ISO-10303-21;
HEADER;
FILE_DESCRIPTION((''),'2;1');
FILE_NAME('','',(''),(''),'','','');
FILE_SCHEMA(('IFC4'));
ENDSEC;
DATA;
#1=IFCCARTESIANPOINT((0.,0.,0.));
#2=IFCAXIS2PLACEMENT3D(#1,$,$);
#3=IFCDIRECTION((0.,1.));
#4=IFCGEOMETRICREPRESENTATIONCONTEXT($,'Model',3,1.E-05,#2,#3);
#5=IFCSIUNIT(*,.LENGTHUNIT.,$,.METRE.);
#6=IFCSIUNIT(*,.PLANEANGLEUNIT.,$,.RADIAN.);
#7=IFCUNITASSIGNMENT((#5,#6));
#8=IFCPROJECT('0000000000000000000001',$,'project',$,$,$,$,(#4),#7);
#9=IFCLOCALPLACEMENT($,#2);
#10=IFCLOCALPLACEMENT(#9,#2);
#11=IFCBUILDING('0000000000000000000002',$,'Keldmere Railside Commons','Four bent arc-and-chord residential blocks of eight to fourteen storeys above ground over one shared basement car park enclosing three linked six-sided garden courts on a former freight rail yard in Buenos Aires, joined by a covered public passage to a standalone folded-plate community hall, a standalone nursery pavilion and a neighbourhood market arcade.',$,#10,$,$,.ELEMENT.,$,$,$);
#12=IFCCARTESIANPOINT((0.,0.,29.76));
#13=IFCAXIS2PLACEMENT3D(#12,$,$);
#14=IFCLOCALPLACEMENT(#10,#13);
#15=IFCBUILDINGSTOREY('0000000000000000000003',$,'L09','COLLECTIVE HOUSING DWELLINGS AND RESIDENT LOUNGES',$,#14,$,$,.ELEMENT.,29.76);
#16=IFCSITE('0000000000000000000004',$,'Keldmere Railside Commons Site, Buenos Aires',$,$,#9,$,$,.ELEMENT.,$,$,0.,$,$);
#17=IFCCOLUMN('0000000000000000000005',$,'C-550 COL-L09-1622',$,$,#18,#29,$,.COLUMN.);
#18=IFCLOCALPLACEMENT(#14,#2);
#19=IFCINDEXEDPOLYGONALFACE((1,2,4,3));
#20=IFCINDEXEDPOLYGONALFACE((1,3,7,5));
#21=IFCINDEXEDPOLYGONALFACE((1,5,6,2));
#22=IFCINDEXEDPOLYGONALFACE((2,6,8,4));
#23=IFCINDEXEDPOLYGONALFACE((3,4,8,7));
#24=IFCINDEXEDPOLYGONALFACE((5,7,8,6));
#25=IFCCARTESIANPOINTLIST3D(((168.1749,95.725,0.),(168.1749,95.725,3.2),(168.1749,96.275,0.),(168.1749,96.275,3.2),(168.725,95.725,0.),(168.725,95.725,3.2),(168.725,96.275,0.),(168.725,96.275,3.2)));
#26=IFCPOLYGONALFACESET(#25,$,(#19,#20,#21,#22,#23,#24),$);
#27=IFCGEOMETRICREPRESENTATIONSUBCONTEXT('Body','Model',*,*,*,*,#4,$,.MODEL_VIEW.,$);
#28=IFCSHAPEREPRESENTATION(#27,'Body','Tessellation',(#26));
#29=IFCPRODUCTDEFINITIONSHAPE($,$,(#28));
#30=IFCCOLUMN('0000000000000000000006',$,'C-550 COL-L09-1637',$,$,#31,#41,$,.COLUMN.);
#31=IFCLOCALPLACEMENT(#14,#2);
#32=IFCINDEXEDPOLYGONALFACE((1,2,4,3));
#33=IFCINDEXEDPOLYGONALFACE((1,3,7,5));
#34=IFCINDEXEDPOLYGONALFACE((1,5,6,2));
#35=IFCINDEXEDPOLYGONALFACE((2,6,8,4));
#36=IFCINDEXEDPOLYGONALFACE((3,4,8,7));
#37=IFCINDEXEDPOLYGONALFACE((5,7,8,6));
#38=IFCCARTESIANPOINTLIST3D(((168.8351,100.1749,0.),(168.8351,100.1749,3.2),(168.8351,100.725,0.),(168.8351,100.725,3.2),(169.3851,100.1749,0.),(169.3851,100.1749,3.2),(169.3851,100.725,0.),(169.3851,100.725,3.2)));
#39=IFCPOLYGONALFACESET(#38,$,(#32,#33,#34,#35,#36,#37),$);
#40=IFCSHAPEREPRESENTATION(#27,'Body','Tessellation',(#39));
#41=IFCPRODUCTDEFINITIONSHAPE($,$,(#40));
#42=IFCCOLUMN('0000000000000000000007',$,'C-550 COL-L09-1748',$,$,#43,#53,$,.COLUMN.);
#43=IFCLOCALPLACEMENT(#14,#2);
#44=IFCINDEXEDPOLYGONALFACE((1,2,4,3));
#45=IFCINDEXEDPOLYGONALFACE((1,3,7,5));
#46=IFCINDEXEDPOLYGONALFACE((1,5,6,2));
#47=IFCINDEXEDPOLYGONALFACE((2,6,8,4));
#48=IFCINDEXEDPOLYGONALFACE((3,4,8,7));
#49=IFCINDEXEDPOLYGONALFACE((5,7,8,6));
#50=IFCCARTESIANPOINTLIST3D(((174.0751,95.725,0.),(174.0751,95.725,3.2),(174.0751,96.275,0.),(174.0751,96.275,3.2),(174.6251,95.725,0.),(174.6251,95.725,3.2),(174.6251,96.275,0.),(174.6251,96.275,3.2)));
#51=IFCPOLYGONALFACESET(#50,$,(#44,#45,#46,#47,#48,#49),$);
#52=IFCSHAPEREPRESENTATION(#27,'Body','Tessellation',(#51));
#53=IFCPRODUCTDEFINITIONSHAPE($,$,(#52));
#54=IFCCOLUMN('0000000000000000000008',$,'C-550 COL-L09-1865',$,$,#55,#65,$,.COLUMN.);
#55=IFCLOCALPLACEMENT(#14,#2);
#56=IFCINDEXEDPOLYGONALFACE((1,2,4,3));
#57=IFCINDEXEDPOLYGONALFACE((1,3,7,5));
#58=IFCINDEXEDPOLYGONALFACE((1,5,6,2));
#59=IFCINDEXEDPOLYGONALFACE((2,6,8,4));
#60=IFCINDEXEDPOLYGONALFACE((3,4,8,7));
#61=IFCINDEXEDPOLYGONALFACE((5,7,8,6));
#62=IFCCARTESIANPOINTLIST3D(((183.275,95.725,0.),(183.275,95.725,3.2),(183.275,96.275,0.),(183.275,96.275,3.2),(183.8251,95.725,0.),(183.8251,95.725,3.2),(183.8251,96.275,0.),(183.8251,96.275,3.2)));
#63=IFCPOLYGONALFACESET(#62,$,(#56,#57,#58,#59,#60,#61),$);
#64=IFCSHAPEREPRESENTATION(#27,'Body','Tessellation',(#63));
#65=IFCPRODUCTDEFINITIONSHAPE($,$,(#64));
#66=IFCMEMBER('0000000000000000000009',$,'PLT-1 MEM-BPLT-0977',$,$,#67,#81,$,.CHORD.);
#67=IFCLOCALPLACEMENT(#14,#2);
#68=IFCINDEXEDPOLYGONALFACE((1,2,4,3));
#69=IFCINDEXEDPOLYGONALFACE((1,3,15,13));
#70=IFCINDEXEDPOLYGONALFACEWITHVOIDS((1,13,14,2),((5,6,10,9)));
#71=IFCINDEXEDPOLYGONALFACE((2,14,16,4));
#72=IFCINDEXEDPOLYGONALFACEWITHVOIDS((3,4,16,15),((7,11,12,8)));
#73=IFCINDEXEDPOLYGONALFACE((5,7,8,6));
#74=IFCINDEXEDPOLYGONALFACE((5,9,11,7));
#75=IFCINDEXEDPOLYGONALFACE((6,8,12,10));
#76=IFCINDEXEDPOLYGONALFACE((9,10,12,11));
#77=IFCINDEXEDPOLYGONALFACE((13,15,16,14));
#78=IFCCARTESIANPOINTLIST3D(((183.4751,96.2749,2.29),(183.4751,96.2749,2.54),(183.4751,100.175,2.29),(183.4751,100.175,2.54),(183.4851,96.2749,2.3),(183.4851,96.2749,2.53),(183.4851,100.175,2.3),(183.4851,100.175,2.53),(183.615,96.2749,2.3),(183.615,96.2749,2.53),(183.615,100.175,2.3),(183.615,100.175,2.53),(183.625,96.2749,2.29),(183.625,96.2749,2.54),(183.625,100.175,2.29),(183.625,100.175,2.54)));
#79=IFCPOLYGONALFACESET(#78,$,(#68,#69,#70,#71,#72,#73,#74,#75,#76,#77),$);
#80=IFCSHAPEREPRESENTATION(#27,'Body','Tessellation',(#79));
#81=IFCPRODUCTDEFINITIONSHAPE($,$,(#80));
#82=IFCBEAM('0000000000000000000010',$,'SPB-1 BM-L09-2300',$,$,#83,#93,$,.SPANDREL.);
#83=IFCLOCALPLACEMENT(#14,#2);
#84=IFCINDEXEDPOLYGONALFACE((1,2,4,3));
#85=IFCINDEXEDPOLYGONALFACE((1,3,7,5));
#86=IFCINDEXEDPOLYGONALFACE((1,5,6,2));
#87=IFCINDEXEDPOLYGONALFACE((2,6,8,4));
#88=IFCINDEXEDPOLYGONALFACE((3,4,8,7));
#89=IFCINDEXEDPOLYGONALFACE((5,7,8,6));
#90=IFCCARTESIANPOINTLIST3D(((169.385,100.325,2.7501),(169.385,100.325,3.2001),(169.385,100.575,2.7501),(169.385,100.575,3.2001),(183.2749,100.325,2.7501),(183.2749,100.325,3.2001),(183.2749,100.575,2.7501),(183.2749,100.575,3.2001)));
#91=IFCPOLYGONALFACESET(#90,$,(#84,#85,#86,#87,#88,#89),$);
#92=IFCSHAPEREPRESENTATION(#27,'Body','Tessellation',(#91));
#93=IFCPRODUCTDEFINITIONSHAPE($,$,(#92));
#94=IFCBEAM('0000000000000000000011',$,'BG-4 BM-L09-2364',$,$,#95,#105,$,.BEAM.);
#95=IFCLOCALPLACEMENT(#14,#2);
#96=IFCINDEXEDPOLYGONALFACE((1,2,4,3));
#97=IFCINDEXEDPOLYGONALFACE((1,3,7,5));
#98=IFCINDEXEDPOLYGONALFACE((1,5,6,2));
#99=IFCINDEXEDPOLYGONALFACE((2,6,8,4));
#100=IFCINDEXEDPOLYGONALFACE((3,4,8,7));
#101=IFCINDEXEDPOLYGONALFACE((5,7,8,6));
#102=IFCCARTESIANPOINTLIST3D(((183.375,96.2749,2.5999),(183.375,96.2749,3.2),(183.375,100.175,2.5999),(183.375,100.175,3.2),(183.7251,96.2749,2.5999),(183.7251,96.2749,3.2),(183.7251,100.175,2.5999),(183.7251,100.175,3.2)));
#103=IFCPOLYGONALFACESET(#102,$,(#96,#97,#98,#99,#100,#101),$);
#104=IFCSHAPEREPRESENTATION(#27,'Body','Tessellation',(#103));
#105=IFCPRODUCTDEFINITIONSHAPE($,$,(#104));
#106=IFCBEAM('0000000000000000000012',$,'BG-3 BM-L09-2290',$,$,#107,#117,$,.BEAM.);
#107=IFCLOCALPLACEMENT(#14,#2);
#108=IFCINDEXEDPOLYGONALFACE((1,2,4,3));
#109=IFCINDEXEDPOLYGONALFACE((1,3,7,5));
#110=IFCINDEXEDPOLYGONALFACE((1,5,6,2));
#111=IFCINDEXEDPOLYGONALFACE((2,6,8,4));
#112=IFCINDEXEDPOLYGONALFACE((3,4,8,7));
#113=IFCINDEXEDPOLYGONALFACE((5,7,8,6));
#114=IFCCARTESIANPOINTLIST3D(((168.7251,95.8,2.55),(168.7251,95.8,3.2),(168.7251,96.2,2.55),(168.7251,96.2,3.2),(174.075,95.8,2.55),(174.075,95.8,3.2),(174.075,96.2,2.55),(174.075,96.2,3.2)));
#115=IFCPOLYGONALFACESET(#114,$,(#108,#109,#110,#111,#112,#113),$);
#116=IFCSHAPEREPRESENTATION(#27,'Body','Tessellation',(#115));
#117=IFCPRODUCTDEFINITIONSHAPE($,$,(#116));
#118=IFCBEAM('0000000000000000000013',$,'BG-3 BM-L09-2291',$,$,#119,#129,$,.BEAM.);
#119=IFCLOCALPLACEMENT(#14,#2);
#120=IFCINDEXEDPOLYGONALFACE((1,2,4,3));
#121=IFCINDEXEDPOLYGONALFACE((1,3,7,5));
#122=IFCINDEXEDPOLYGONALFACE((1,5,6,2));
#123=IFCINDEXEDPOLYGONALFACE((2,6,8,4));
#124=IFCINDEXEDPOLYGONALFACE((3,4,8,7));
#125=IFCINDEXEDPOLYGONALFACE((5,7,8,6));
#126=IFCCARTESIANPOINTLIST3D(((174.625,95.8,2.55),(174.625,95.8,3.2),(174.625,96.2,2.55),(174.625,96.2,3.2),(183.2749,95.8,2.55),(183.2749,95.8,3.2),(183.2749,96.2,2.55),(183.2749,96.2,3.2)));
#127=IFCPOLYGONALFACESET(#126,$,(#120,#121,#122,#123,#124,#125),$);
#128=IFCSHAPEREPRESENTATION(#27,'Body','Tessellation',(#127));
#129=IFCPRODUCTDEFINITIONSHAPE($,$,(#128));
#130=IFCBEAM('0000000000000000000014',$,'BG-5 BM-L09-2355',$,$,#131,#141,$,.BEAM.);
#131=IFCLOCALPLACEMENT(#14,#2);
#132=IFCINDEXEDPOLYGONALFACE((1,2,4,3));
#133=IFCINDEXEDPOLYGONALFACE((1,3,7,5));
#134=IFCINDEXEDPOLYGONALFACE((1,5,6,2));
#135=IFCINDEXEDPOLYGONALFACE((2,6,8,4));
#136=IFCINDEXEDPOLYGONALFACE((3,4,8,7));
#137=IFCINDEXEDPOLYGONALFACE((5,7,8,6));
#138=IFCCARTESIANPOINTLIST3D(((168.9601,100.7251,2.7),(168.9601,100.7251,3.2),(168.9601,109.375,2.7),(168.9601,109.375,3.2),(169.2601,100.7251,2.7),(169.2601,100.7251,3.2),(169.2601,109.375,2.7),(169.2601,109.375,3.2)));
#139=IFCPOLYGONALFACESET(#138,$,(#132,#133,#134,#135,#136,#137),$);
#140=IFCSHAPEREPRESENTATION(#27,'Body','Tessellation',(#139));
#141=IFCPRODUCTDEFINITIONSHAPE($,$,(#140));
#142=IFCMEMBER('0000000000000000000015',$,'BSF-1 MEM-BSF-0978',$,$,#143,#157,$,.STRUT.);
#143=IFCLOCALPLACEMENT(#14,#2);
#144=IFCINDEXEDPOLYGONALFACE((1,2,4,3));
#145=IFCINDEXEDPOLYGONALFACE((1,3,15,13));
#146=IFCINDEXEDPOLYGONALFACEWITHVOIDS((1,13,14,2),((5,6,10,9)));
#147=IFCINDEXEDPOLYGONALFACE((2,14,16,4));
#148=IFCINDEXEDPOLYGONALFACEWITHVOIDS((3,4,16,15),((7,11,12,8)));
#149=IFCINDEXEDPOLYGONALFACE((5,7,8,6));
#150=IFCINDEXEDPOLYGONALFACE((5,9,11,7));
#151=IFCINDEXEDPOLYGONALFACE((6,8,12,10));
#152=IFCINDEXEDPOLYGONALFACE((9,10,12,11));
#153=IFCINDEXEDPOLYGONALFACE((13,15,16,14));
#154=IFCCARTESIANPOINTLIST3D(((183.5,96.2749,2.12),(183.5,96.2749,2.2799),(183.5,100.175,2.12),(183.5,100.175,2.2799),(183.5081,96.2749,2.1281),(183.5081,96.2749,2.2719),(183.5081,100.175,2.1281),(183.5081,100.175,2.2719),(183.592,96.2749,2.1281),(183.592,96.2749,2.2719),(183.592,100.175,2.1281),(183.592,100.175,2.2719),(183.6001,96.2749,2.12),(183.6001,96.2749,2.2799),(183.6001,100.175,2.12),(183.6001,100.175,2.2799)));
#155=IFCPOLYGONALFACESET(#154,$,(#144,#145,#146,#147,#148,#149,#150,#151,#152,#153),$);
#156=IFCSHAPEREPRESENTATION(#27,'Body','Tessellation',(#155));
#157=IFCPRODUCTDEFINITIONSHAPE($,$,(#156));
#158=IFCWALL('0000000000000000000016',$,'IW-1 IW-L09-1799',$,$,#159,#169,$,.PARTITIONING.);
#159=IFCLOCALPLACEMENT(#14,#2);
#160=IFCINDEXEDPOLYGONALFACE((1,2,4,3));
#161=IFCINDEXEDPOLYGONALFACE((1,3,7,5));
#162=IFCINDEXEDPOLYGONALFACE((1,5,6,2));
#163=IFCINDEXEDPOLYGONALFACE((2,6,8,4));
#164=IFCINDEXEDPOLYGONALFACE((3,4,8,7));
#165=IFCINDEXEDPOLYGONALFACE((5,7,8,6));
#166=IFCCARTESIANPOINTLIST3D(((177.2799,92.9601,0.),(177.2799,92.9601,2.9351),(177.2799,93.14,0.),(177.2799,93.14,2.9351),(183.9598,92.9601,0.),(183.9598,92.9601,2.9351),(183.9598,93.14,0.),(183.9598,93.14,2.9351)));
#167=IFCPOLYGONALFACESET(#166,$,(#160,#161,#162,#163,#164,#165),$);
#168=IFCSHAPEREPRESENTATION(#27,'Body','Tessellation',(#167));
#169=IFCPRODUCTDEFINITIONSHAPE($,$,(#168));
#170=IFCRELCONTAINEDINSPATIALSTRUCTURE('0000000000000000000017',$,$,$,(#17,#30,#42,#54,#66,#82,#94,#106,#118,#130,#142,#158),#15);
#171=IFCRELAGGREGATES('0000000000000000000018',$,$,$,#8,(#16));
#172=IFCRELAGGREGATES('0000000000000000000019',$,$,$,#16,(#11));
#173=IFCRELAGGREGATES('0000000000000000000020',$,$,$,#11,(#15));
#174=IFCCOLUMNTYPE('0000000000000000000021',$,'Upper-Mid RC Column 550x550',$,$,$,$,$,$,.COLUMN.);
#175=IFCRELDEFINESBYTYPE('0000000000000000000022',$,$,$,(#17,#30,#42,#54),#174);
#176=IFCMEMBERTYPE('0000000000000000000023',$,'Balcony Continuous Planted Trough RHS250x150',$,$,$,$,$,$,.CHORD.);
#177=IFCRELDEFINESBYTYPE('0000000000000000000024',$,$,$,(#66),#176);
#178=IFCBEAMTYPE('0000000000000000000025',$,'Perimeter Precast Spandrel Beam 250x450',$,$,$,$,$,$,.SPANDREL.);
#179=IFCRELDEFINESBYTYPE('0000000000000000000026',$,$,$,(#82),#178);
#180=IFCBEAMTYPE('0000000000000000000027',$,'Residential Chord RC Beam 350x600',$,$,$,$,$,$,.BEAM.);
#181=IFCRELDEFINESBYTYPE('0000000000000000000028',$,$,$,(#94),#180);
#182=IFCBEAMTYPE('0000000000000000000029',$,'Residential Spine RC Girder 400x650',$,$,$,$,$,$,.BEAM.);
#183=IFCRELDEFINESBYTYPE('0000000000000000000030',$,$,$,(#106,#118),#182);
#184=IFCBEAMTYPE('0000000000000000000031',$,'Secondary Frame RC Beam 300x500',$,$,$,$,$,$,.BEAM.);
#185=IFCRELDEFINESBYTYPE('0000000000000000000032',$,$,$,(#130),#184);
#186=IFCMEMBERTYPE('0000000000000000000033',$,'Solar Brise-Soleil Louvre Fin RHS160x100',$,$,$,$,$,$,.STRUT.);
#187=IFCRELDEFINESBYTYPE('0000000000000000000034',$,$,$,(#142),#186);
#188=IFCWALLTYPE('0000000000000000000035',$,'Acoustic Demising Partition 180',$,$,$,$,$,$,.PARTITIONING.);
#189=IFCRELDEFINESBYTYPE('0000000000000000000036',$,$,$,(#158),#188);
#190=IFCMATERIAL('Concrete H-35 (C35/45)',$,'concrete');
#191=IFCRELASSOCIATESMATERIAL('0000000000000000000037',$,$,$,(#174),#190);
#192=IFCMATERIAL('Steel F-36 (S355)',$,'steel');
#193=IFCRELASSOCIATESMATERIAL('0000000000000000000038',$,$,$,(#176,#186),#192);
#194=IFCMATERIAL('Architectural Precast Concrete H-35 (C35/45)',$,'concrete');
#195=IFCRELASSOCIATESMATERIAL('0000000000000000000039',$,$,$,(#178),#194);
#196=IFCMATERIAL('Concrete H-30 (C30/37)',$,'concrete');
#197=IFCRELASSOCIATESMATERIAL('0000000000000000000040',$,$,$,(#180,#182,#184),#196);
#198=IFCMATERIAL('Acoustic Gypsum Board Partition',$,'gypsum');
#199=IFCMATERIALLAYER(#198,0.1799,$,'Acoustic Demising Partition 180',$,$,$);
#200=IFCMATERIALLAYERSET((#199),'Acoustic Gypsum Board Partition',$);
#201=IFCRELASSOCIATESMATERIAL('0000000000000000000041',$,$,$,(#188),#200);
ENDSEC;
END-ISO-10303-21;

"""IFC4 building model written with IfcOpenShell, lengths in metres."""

from ifc_helpers import new_model, si_unit, direction, frame, frame_2d, origin, origin_2d, place, context, subcontext, project, spatial, rectangle, hollow_rectangle, extrude, material, layer, layer_set, material_profile, profile_set, type_object, element, save


model = new_model("IFC4")

# Units and contexts
model_context = context("Model", 3, precision=1e-05, world=origin(), true_north=direction((0.0, 1.0)))
body_context = subcontext(model_context, "Body", "Model", "MODEL_VIEW")
ifc_project = project(units=[si_unit("LENGTHUNIT", "METRE"), si_unit("PLANEANGLEUNIT", "RADIAN")], contexts=[model_context])

# Site, building, storey
site_placement = place(None, origin())
site = spatial("IfcSite", under=ifc_project, at=site_placement, Name="Keldmere Railside Commons Site, Buenos Aires", CompositionType="ELEMENT", RefElevation=0.0)
building_placement = place(site_placement, origin())
building = spatial("IfcBuilding", under=site, at=building_placement, Name="Keldmere Railside Commons", Description="Four bent arc-and-chord residential blocks of eight to fourteen storeys above ground over one shared basement car park enclosing three linked six-sided garden courts on a former freight rail yard in Buenos Aires, joined by a covered public passage to a standalone folded-plate community hall, a standalone nursery pavilion and a neighbourhood market arcade.", CompositionType="ELEMENT")
storey_placement = place(building_placement, frame((0.0, 0.0, 29.76)))
storey = spatial("IfcBuildingStorey", under=building, at=storey_placement, Name="L09", Description="COLLECTIVE HOUSING DWELLINGS AND RESIDENT LOUNGES", CompositionType="ELEMENT", Elevation=29.76)

# Columns
ifc_material_1 = material(Name="Concrete H-35 (C35/45)", Category="concrete")
ifc_material_profile_1 = material_profile(ifc_material_1, rectangle(XDim=0.55, YDim=0.55, at=origin_2d()), Name="RC-550x550")
ifc_profile_set_1 = profile_set([ifc_material_profile_1], Name="Concrete H-35 (C35/45)")
column_type = type_object("IfcColumnType", Name="Upper-Mid RC Column 550x550", PredefinedType="COLUMN", material=ifc_profile_set_1)
for number, where, z_axis, x_axis, name in (
    (1, (168.45, 96.0, 0.0), (0.0, 0.0, 1.0), (1.0, 0.0, 0.0), "C-550 COL-L09-1622"),
    (2, (169.1101, 100.45, 0.0), (0.0, 0.0, 1.0), (1.0, 0.0, 0.0), "C-550 COL-L09-1637"),
    (3, (174.3501, 96.0, 0.0), (0.0, 0.0, 1.0), (1.0, 0.0, 0.0), "C-550 COL-L09-1748"),
    (4, (183.55, 96.0, 0.0), (0.0, 0.0, 1.0), (1.0, 0.0, 0.0), "C-550 COL-L09-1865"),
):
    element("IfcColumn", number, at=place(storey_placement, frame(where, z_axis=z_axis, x_axis=x_axis)), inside=storey, type_object=column_type, Name=name, PredefinedType="COLUMN", context=body_context, shape_type="SweptSolid", body=[
        extrude(rectangle(XDim=0.55, YDim=0.55, at=origin_2d()), origin(), (0.0, 0.0, 1.0), 3.2),
    ])

# Member
ifc_material_2 = material(Name="Steel F-36 (S355)", Category="steel")
ifc_material_profile_2 = material_profile(ifc_material_2, hollow_rectangle(XDim=0.1499, YDim=0.25, WallThickness=0.01, at=origin_2d()), Name="RHS-250x150x10")
ifc_profile_set_2 = profile_set([ifc_material_profile_2], Name="Steel F-36 (S355)")
member_type_1 = type_object("IfcMemberType", Name="Balcony Continuous Planted Trough RHS250x150", PredefinedType="CHORD", material=ifc_profile_set_2)
member_1_placement = place(storey_placement, frame((183.55, 96.2749, 2.415), z_axis=(0.0, 1.0, 0.0), x_axis=(-1.0, 0.0, 0.0)))
element("IfcMember", 5, at=member_1_placement, inside=storey, type_object=member_type_1, Name="PLT-1 MEM-BPLT-0977", PredefinedType="CHORD", context=body_context, shape_type="SweptSolid", body=[
    extrude(hollow_rectangle(XDim=0.1499, YDim=0.25, WallThickness=0.01, at=origin_2d()), origin(), (0.0, 0.0, 1.0), 3.9001),
])

# Beams
ifc_material_3 = material(Name="Architectural Precast Concrete H-35 (C35/45)", Category="concrete")
ifc_material_profile_3 = material_profile(ifc_material_3, rectangle(XDim=0.25, YDim=0.45, at=origin_2d()), Name="RC-250x450")
ifc_profile_set_3 = profile_set([ifc_material_profile_3], Name="Architectural Precast Concrete H-35 (C35/45)")
beam_type_1 = type_object("IfcBeamType", Name="Perimeter Precast Spandrel Beam 250x450", PredefinedType="SPANDREL", material=ifc_profile_set_3)
beam_1_placement = place(storey_placement, frame((169.385, 100.45, 2.9751), z_axis=(1.0, 0.0, 0.0), x_axis=(0.0, 1.0, 0.0)))
element("IfcBeam", 6, at=beam_1_placement, inside=storey, type_object=beam_type_1, Name="SPB-1 BM-L09-2300", PredefinedType="SPANDREL", context=body_context, shape_type="SweptSolid", body=[
    extrude(rectangle(XDim=0.25, YDim=0.45, at=origin_2d()), origin(), (0.0, 0.0, 1.0), 13.8899),
])
ifc_material_4 = material(Name="Concrete H-30 (C30/37)", Category="concrete")
ifc_material_profile_4 = material_profile(ifc_material_4, rectangle(XDim=0.3501, YDim=0.6001, at=origin_2d()), Name="RC-350x600")
ifc_profile_set_4 = profile_set([ifc_material_profile_4], Name="Concrete H-30 (C30/37)")
beam_type_2 = type_object("IfcBeamType", Name="Residential Chord RC Beam 350x600", PredefinedType="BEAM", material=ifc_profile_set_4)
beam_2_placement = place(storey_placement, frame((183.55, 96.2749, 2.8999), z_axis=(0.0, 1.0, 0.0), x_axis=(-1.0, 0.0, 0.0)))
element("IfcBeam", 7, at=beam_2_placement, inside=storey, type_object=beam_type_2, Name="BG-4 BM-L09-2364", PredefinedType="BEAM", context=body_context, shape_type="SweptSolid", body=[
    extrude(rectangle(XDim=0.3501, YDim=0.6001, at=origin_2d()), origin(), (0.0, 0.0, 1.0), 3.9001),
])
ifc_material_profile_5 = material_profile(ifc_material_4, rectangle(XDim=0.3999, YDim=0.6499, at=origin_2d()), Name="RC-400x650")
ifc_profile_set_5 = profile_set([ifc_material_profile_5], Name="Concrete H-30 (C30/37)")
beam_type_3 = type_object("IfcBeamType", Name="Residential Spine RC Girder 400x650", PredefinedType="BEAM", material=ifc_profile_set_5)
beam_3_placement = place(storey_placement, frame((168.7251, 96.0, 2.875), z_axis=(1.0, 0.0, 0.0), x_axis=(0.0, 1.0, 0.0)))
element("IfcBeam", 8, at=beam_3_placement, inside=storey, type_object=beam_type_3, Name="BG-3 BM-L09-2290", PredefinedType="BEAM", context=body_context, shape_type="SweptSolid", body=[
    extrude(rectangle(XDim=0.3999, YDim=0.6499, at=origin_2d()), origin(), (0.0, 0.0, 1.0), 5.3499),
])
beam_4_placement = place(storey_placement, frame((174.625, 96.0, 2.875), z_axis=(1.0, 0.0, 0.0), x_axis=(0.0, 1.0, 0.0)))
element("IfcBeam", 9, at=beam_4_placement, inside=storey, type_object=beam_type_3, Name="BG-3 BM-L09-2291", PredefinedType="BEAM", context=body_context, shape_type="SweptSolid", body=[
    extrude(rectangle(XDim=0.3999, YDim=0.6499, at=origin_2d()), origin(), (0.0, 0.0, 1.0), 8.6499),
])
ifc_material_profile_6 = material_profile(ifc_material_4, rectangle(XDim=0.3, YDim=0.5, at=origin_2d()), Name="RC-300x500")
ifc_profile_set_6 = profile_set([ifc_material_profile_6], Name="Concrete H-30 (C30/37)")
beam_type_4 = type_object("IfcBeamType", Name="Secondary Frame RC Beam 300x500", PredefinedType="BEAM", material=ifc_profile_set_6)
beam_5_placement = place(storey_placement, frame((169.1101, 100.7251, 2.95), z_axis=(0.0, 1.0, 0.0), x_axis=(-1.0, 0.0, 0.0)))
element("IfcBeam", 10, at=beam_5_placement, inside=storey, type_object=beam_type_4, Name="BG-5 BM-L09-2355", PredefinedType="BEAM", context=body_context, shape_type="SweptSolid", body=[
    extrude(rectangle(XDim=0.3, YDim=0.5, at=origin_2d()), origin(), (0.0, 0.0, 1.0), 8.6499),
])

# Member
ifc_material_profile_7 = material_profile(ifc_material_2, hollow_rectangle(XDim=0.1001, YDim=0.1599, WallThickness=0.0081, at=origin_2d()), Name="RHS-160x100x8")
ifc_profile_set_7 = profile_set([ifc_material_profile_7], Name="Steel F-36 (S355)")
member_type_2 = type_object("IfcMemberType", Name="Solar Brise-Soleil Louvre Fin RHS160x100", PredefinedType="STRUT", material=ifc_profile_set_7)
member_2_placement = place(storey_placement, frame((183.55, 96.2749, 2.2), z_axis=(0.0, 1.0, 0.0), x_axis=(-1.0, 0.0, 0.0)))
element("IfcMember", 11, at=member_2_placement, inside=storey, type_object=member_type_2, Name="BSF-1 MEM-BSF-0978", PredefinedType="STRUT", context=body_context, shape_type="SweptSolid", body=[
    extrude(hollow_rectangle(XDim=0.1001, YDim=0.1599, WallThickness=0.0081, at=origin_2d()), origin(), (0.0, 0.0, 1.0), 3.9001),
])

# Wall
ifc_material_5 = material(Name="Acoustic Gypsum Board Partition", Category="gypsum")
ifc_layer_1 = layer(ifc_material_5, 0.1799, Name="Acoustic Demising Partition 180")
ifc_layer_set_1 = layer_set([ifc_layer_1], Name="Acoustic Gypsum Board Partition")
wall_type_1 = type_object("IfcWallType", Name="Acoustic Demising Partition 180", PredefinedType="PARTITIONING", material=ifc_layer_set_1)
wall_1_placement = place(storey_placement, frame((177.28, 93.05, 0.0), z_axis=(0.0, 0.0, 1.0), x_axis=(1.0, 0.0, 0.0)))
element("IfcWall", 12, at=wall_1_placement, inside=storey, type_object=wall_type_1, Name="IW-1 IW-L09-1799", PredefinedType="PARTITIONING", context=body_context, shape_type="SweptSolid", body=[
    extrude(rectangle(XDim=6.6799, YDim=0.1799, at=frame_2d((3.3398, 0.0))), origin(), (0.0, 0.0, 1.0), 2.9351),
])

save(model, "model.ifc")
